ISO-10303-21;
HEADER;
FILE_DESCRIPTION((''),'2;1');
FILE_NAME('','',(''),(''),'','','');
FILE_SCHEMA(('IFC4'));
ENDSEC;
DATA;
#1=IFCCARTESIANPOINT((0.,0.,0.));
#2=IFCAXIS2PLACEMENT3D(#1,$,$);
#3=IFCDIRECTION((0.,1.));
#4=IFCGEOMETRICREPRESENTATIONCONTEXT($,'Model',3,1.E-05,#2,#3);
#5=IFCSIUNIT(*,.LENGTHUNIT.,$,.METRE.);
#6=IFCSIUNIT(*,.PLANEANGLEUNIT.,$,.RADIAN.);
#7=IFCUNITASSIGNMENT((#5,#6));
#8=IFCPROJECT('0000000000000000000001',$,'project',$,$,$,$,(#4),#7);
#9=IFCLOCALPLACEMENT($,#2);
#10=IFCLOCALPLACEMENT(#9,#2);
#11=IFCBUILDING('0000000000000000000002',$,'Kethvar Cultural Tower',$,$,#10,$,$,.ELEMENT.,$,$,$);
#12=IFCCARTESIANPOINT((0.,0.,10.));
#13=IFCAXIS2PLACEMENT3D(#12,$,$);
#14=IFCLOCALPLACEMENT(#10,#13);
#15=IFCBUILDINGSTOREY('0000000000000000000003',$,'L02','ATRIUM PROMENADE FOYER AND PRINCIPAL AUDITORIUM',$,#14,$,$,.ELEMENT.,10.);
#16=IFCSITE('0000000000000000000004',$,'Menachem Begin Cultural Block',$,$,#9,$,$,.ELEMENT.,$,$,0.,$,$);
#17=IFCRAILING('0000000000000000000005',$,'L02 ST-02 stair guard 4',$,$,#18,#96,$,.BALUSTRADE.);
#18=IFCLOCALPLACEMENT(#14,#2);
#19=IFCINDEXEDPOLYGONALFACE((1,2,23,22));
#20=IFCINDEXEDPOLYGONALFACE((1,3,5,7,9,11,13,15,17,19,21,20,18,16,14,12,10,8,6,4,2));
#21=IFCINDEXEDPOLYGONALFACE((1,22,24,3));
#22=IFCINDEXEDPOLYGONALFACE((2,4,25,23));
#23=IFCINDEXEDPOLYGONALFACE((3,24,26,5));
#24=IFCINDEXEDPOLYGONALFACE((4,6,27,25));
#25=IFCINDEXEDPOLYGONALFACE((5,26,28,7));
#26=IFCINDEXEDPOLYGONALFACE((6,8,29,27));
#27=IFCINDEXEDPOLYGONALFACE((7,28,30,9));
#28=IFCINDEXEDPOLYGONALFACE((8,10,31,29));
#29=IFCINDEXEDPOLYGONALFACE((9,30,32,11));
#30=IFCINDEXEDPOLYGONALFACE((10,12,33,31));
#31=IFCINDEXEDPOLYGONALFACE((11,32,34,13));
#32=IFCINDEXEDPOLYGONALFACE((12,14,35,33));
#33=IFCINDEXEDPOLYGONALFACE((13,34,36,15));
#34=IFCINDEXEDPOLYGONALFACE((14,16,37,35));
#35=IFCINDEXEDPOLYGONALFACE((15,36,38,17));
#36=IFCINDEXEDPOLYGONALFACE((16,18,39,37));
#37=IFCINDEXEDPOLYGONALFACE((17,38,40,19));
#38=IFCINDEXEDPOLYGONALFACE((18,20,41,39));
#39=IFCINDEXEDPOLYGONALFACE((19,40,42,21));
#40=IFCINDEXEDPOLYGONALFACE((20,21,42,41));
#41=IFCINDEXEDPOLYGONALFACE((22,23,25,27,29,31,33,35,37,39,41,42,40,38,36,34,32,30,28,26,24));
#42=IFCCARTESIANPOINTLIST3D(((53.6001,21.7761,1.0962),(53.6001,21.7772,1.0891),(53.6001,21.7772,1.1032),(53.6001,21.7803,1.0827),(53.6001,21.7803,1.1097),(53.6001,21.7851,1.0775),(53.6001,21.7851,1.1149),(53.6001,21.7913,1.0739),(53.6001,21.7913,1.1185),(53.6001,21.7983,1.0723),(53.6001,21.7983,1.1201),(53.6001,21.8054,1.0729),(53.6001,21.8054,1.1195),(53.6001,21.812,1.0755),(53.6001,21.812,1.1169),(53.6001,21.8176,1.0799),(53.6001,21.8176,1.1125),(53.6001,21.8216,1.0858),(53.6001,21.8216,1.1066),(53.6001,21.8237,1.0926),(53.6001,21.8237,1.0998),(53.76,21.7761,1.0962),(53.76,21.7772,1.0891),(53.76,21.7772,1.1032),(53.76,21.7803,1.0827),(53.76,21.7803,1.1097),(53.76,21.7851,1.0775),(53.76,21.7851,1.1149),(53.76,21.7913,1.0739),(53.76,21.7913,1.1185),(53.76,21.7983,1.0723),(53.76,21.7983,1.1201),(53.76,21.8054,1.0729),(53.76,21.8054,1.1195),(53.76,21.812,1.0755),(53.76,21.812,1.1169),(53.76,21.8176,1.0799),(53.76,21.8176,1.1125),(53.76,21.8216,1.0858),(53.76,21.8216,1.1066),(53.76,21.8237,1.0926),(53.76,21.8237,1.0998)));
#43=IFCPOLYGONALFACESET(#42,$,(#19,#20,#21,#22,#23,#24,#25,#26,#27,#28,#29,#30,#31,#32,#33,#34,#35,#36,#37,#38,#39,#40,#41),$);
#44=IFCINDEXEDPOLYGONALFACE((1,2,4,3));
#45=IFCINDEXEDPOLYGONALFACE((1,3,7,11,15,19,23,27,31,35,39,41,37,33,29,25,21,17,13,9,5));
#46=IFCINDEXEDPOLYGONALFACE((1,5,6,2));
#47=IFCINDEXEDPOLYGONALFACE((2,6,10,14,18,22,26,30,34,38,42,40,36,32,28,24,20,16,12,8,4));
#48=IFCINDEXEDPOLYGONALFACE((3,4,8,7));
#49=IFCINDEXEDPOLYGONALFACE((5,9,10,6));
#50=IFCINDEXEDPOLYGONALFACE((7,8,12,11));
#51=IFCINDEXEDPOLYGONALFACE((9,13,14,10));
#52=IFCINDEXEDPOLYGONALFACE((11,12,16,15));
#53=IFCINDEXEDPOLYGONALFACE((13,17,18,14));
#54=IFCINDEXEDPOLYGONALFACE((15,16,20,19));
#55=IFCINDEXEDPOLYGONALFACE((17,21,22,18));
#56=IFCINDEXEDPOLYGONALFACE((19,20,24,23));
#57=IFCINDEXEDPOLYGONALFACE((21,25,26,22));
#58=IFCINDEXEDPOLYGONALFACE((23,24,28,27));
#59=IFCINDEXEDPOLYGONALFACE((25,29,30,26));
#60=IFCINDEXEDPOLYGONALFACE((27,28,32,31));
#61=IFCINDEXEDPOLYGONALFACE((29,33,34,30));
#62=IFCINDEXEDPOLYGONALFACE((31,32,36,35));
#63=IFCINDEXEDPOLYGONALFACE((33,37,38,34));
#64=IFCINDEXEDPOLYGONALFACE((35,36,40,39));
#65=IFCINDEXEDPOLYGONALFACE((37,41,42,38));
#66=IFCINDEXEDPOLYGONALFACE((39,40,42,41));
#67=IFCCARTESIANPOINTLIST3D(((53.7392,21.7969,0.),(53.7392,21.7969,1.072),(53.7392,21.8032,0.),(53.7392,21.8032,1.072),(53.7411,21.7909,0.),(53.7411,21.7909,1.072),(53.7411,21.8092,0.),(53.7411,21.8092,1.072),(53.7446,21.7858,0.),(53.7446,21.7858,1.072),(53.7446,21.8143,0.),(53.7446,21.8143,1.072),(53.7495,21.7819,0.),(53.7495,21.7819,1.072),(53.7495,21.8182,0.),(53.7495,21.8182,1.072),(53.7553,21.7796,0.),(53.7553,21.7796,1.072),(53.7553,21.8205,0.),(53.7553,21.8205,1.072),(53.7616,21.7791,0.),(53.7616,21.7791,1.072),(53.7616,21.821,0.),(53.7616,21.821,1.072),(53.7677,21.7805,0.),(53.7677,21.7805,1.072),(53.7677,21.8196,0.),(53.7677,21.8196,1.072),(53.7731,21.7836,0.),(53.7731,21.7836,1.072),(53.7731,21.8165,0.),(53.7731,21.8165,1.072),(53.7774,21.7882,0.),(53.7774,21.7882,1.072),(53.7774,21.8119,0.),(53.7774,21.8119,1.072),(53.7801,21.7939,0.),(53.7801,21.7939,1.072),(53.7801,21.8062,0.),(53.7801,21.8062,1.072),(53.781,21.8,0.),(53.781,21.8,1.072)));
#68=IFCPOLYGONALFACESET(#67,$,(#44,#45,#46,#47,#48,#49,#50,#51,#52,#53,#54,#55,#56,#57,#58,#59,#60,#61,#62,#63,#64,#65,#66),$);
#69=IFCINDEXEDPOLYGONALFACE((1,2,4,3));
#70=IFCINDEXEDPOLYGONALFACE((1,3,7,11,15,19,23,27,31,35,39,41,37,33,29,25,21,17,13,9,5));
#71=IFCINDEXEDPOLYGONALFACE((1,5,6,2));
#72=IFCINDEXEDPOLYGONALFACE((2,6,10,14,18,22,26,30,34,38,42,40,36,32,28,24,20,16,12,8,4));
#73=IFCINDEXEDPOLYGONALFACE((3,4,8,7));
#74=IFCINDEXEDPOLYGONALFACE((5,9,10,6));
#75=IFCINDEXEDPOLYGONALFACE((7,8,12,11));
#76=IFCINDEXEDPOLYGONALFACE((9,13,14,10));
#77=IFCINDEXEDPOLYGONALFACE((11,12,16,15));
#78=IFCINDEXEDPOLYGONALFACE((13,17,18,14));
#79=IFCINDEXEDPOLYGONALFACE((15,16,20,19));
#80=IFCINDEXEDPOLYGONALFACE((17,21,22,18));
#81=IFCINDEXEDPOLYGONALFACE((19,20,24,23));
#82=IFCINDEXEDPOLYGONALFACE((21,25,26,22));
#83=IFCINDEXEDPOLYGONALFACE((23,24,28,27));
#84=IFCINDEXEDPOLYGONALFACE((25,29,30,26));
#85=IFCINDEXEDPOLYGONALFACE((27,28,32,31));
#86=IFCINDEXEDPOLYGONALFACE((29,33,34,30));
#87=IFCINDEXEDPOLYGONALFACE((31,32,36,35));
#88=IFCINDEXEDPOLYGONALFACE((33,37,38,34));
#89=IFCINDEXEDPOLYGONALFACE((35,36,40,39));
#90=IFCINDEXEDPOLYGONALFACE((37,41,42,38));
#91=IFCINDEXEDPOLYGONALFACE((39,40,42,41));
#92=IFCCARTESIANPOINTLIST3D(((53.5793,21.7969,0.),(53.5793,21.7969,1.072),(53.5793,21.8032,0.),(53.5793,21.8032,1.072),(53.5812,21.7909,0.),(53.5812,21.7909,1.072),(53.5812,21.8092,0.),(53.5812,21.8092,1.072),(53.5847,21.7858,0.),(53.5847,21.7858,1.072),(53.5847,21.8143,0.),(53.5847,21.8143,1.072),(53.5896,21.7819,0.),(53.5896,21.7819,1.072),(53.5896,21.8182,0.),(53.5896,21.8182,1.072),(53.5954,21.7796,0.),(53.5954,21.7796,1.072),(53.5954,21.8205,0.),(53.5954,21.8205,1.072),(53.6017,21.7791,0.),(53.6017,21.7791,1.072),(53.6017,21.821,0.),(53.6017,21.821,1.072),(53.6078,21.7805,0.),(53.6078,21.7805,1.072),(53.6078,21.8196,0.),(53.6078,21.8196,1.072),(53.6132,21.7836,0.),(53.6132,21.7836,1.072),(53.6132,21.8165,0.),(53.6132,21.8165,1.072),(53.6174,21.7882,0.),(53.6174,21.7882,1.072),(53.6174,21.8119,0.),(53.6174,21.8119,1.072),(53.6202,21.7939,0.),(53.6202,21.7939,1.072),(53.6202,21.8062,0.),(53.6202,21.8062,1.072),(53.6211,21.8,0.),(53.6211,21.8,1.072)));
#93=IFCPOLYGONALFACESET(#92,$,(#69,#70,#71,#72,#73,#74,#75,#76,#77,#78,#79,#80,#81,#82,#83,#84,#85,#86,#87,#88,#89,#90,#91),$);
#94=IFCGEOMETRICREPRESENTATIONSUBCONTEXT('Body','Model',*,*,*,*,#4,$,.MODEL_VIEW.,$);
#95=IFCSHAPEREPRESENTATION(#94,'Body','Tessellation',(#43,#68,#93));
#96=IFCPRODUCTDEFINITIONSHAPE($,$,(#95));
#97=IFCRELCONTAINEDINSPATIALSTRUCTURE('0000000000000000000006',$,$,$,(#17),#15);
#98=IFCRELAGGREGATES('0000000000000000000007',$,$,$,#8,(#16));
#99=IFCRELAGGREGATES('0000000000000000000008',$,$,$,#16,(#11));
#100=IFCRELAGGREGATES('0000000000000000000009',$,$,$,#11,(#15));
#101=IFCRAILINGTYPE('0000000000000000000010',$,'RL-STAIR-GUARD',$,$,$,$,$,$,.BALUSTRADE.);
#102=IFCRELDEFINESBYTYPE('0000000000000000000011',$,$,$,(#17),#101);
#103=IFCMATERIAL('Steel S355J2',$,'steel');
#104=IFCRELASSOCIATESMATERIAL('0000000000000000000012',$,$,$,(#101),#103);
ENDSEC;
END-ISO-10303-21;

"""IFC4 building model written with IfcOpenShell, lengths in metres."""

from ifc_helpers import new_model, si_unit, direction, frame, origin, origin_2d, place, context, subcontext, project, spatial, circle, extrude, material, type_object, element, save


model = new_model("IFC4")

# Units and contexts
model_context = context("Model", 3, precision=1e-05, world=origin(), true_north=direction((0.0, 1.0)))
body_context = subcontext(model_context, "Body", "Model", "MODEL_VIEW")
ifc_project = project(units=[si_unit("LENGTHUNIT", "METRE"), si_unit("PLANEANGLEUNIT", "RADIAN")], contexts=[model_context])

# Site, building, storey
site_placement = place(None, origin())
site = spatial("IfcSite", under=ifc_project, at=site_placement, Name="Menachem Begin Cultural Block", CompositionType="ELEMENT", RefElevation=0.0)
building_placement = place(site_placement, origin())
building = spatial("IfcBuilding", under=site, at=building_placement, Name="Kethvar Cultural Tower", CompositionType="ELEMENT")
storey_placement = place(building_placement, frame((0.0, 0.0, 10.0)))
storey = spatial("IfcBuildingStorey", under=building, at=storey_placement, Name="L02", Description="ATRIUM PROMENADE FOYER AND PRINCIPAL AUDITORIUM", CompositionType="ELEMENT", Elevation=10.0)

# Shared definitions
ifc_material_1 = material(Name="Steel S355J2", Category="steel")

# Railing
railing_type_1 = type_object("IfcRailingType", Name="RL-STAIR-GUARD", PredefinedType="BALUSTRADE", material=ifc_material_1)
railing_1_placement = place(storey_placement, frame((53.76, 21.8, 0.0)))
element("IfcRailing", 1, at=railing_1_placement, inside=storey, type_object=railing_type_1, Name="L02 ST-02 stair guard 4", PredefinedType="BALUSTRADE", context=body_context, shape_type="SweptSolid", body=[
    extrude(circle(Radius=0.0239, at=origin_2d()), frame((0.0, 0.0, 1.0962), z_axis=(-1.0, 0.0, 0.0), x_axis=(0.0, -1.0, 0.0)), (0.0, 0.0, 1.0), 0.1599),
    extrude(circle(Radius=0.021, at=origin_2d()), origin(), (0.0, 0.0, 1.0), 1.072),
    extrude(circle(Radius=0.021, at=origin_2d()), frame((-0.1599, 0.0, 0.0)), (0.0, 0.0, 1.0), 1.072),
])

save(model, "model.ifc")
